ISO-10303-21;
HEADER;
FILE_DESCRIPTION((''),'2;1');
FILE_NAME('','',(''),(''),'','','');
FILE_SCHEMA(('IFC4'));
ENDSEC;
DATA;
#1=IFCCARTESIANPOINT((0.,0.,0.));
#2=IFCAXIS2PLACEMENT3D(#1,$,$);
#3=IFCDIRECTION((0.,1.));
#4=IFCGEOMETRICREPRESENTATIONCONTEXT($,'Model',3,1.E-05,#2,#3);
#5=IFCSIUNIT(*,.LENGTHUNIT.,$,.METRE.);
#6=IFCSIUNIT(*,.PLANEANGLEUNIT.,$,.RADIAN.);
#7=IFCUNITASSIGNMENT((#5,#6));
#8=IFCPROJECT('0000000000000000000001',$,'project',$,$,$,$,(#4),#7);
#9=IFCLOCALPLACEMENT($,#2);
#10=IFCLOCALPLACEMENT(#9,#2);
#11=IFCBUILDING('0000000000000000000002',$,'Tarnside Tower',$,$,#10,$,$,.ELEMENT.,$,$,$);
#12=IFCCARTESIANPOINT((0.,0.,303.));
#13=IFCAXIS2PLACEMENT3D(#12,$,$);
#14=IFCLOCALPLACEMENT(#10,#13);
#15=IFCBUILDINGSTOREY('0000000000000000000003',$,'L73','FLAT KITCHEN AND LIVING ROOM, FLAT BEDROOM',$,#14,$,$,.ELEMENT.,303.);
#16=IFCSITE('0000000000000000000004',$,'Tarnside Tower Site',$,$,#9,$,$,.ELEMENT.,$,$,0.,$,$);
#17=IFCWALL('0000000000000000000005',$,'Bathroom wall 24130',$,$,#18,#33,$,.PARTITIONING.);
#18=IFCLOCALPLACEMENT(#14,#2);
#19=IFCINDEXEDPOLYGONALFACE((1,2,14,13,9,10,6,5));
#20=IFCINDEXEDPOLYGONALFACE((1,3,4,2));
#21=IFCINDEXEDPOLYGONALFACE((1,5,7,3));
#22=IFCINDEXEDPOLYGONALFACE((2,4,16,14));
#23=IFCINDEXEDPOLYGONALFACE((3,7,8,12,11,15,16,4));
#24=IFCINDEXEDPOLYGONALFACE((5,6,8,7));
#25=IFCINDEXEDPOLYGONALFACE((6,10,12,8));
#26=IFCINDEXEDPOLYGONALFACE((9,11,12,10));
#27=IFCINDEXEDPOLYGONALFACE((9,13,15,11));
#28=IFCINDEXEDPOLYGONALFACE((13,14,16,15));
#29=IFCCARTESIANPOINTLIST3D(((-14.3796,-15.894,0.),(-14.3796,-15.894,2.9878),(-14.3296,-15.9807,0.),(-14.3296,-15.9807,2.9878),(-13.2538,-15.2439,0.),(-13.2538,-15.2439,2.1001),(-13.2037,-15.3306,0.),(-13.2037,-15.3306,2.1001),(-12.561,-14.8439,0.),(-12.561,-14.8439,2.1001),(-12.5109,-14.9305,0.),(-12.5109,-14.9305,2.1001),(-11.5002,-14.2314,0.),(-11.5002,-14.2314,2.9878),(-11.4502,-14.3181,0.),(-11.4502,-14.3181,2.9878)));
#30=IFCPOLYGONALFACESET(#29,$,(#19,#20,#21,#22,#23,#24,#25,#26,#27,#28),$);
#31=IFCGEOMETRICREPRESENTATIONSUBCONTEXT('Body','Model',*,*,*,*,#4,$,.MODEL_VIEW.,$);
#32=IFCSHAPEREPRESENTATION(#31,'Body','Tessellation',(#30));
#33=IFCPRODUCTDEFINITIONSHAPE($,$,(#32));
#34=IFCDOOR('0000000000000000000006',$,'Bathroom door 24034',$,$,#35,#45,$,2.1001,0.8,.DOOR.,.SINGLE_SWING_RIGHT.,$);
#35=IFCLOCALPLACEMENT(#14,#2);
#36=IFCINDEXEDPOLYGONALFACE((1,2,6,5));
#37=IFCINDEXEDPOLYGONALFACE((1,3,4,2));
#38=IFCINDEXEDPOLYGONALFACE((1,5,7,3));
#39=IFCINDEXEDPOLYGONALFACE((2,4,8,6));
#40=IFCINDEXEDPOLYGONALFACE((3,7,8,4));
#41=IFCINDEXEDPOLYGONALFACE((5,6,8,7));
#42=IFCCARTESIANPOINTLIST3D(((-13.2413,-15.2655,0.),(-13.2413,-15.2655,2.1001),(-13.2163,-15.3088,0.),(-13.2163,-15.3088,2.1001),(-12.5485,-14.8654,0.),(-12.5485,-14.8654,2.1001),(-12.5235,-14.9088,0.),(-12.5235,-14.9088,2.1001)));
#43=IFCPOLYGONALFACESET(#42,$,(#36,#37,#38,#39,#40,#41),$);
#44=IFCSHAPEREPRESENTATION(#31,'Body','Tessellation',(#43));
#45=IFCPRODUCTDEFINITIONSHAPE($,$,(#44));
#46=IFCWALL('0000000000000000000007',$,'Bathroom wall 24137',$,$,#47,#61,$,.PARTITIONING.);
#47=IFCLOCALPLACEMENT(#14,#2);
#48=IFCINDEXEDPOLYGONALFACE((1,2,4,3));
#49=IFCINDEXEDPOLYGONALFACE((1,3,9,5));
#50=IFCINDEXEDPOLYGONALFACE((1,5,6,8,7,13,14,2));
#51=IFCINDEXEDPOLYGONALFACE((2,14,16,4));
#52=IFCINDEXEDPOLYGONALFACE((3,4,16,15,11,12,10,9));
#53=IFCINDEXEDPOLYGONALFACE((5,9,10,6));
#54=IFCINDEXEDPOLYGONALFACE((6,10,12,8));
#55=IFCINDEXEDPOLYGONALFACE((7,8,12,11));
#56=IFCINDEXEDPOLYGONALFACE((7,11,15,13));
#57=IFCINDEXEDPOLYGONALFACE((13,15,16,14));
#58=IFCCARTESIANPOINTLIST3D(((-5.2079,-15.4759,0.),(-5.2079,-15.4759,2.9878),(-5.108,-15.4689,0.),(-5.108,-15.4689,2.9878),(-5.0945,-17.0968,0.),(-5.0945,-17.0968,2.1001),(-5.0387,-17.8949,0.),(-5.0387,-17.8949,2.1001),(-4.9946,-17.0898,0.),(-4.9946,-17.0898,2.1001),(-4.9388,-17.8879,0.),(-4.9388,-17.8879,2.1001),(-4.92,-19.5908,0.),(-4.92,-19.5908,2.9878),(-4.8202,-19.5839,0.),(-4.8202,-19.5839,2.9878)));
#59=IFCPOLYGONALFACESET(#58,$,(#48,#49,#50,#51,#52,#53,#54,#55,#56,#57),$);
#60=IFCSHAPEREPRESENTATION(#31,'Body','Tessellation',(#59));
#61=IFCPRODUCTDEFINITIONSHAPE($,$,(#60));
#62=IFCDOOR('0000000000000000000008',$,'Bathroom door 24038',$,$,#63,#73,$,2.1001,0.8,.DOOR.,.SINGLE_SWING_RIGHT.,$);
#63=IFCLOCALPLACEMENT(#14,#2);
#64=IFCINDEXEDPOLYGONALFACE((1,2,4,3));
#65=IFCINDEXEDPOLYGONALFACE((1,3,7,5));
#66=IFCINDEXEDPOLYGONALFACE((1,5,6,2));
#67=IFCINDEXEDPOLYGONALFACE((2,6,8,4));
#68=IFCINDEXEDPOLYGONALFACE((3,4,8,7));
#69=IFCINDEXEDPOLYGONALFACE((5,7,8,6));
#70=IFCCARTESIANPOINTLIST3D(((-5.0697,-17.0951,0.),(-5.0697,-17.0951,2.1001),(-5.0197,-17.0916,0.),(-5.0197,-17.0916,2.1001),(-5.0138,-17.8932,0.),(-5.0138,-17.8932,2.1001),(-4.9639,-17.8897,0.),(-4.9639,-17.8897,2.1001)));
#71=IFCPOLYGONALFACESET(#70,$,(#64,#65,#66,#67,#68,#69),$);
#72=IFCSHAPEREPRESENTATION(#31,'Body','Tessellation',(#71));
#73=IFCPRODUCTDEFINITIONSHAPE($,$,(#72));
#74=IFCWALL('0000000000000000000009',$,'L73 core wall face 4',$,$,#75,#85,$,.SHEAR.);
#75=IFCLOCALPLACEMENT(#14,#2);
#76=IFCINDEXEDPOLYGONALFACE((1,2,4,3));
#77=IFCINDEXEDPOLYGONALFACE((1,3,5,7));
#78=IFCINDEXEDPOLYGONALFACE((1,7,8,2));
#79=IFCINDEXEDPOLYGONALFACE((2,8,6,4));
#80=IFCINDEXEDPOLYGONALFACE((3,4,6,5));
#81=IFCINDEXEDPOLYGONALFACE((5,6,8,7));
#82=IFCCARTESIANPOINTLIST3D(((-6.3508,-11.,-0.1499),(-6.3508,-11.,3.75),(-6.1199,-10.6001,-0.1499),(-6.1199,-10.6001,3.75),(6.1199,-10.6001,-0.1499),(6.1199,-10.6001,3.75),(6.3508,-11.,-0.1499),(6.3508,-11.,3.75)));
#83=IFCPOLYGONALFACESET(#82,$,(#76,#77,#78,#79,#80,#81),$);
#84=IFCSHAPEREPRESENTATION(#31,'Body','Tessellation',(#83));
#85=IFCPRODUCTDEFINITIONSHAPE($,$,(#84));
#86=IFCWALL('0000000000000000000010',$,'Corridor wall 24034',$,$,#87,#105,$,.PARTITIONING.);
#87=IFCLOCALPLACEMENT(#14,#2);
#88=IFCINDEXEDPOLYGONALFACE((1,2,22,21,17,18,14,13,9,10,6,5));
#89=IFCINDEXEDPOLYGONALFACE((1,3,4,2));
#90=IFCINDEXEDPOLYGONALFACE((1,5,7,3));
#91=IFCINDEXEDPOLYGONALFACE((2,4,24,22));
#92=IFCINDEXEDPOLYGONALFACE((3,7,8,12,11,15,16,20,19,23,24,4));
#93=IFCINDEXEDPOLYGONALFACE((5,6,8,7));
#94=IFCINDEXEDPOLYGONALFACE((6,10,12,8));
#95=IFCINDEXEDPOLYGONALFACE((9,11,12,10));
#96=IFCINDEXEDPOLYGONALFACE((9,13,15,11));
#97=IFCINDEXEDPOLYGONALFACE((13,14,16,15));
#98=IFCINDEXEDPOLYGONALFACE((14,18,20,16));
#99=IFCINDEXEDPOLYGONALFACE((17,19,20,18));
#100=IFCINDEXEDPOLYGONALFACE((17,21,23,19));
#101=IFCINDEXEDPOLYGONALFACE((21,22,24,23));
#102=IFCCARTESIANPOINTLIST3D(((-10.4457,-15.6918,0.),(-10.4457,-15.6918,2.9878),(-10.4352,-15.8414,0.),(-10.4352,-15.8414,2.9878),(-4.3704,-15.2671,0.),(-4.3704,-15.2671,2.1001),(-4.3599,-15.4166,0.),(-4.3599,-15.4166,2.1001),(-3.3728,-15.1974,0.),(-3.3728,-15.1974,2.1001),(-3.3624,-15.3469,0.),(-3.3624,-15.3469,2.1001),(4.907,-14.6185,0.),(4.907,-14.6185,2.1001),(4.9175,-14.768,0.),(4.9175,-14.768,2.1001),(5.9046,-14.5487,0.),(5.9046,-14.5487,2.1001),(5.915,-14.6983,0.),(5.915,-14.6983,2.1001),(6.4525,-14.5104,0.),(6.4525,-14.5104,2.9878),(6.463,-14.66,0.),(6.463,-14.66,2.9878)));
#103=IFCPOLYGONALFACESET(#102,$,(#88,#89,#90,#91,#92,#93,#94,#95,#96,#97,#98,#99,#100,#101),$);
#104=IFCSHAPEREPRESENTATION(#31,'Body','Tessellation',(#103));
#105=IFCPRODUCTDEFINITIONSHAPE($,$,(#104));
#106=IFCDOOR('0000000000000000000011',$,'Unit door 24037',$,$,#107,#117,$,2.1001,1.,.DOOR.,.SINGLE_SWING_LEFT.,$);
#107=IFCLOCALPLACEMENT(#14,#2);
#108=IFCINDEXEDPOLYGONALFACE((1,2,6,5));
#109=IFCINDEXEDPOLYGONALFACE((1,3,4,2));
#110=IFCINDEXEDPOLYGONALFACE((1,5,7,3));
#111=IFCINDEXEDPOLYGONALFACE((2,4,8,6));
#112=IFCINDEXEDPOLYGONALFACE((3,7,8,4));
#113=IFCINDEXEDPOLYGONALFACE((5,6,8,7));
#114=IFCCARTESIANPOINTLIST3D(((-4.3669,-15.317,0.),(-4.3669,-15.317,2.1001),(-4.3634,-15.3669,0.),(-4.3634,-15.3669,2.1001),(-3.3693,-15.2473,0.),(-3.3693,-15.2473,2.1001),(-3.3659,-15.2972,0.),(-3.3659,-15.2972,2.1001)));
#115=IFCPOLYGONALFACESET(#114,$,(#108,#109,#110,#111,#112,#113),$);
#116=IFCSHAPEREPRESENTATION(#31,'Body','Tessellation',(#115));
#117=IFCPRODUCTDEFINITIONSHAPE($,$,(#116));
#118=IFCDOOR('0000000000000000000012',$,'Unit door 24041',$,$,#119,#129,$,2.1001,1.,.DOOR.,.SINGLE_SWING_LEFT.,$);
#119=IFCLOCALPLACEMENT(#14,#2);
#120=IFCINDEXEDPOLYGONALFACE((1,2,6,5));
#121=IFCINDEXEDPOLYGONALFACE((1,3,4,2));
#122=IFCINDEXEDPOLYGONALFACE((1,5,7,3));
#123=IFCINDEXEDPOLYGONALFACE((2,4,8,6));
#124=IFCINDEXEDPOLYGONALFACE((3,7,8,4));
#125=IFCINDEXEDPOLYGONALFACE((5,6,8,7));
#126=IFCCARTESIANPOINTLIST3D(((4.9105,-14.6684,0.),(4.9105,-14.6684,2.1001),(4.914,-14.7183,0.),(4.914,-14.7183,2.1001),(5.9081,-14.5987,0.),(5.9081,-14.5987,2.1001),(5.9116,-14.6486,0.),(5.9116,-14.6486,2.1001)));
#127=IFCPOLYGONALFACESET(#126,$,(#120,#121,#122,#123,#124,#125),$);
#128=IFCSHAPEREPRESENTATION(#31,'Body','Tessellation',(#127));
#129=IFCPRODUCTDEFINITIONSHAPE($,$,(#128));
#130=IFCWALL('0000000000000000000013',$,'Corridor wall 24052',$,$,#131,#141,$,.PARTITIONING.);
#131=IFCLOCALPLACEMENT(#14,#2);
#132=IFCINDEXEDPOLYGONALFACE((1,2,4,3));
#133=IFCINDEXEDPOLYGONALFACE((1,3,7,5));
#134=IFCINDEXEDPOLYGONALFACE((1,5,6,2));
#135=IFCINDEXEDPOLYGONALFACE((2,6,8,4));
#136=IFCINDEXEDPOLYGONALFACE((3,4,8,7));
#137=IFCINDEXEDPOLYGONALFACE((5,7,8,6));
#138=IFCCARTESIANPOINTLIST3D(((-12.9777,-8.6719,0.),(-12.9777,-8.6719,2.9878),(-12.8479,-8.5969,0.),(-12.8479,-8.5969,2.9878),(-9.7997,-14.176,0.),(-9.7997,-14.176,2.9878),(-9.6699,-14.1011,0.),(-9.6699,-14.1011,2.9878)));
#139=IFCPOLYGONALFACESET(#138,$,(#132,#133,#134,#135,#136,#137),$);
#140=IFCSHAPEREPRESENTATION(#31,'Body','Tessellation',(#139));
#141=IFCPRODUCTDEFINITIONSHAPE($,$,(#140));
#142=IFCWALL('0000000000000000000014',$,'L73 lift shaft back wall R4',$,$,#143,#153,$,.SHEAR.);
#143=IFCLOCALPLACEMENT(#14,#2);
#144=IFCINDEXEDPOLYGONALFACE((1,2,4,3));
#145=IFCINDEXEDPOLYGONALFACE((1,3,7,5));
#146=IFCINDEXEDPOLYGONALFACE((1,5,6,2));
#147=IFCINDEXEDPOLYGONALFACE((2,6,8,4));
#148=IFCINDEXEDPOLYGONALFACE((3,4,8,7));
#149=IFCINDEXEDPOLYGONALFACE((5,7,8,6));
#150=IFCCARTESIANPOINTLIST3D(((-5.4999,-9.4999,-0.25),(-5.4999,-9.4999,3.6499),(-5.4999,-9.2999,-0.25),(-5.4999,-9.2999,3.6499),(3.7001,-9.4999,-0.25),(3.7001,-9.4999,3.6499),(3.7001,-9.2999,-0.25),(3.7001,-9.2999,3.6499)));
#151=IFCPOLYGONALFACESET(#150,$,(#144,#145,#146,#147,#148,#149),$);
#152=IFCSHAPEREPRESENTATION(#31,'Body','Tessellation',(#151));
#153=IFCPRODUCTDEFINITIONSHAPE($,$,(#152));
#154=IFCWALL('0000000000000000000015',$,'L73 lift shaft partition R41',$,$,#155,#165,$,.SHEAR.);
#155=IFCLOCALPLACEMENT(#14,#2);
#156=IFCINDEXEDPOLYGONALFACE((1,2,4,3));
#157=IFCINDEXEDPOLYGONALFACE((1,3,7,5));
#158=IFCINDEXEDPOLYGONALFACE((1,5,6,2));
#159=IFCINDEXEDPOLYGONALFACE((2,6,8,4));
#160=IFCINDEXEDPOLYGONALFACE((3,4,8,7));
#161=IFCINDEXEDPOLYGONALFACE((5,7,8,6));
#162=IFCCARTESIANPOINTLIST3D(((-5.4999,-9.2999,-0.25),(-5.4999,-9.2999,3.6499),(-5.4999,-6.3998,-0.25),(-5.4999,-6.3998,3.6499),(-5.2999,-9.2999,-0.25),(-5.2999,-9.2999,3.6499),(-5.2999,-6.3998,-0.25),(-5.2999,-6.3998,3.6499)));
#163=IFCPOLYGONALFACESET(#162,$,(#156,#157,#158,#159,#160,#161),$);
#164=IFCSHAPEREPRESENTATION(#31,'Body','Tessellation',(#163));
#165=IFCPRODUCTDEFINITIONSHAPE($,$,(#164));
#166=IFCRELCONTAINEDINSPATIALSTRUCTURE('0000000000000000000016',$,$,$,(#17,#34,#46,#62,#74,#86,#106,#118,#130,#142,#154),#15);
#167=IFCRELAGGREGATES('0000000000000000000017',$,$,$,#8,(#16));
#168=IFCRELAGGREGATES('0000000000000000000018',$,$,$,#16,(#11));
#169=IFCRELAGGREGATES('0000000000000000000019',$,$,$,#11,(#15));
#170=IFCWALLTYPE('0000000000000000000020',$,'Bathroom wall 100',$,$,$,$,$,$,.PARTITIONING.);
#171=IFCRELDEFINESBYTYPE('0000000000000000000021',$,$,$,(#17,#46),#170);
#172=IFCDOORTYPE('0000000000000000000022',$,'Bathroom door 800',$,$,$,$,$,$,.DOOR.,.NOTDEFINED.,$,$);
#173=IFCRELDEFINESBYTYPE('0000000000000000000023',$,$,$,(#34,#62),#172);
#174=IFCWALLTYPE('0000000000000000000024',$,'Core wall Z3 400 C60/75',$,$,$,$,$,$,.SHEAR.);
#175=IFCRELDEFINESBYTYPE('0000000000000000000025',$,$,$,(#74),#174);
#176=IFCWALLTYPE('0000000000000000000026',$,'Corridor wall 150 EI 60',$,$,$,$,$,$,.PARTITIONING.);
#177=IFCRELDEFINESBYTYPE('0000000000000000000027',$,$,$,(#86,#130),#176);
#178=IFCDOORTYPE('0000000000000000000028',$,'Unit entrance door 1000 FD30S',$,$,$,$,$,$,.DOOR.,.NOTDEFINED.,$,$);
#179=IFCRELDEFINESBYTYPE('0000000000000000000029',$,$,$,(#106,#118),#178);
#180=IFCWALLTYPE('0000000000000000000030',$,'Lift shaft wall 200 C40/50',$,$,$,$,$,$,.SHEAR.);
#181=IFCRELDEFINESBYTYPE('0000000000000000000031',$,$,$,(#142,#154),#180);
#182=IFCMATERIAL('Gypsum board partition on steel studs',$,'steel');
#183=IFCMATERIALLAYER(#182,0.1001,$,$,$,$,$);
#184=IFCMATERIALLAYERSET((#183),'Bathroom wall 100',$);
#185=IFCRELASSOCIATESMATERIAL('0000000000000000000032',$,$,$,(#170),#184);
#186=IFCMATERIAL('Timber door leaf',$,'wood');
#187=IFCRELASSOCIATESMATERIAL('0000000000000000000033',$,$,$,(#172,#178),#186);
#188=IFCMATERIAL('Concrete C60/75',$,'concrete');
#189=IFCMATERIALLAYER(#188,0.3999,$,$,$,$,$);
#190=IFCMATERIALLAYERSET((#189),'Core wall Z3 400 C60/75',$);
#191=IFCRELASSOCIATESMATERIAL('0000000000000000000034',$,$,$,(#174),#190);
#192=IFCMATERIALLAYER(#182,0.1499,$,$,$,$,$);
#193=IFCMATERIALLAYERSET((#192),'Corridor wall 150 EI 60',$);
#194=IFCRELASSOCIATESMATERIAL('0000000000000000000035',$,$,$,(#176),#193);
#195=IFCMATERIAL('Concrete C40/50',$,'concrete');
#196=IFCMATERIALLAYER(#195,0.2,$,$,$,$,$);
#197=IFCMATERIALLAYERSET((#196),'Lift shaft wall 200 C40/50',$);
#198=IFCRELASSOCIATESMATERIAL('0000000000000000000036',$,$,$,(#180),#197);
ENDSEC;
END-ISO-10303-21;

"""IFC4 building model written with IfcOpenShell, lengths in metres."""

from ifc_helpers import new_model, si_unit, direction, frame, frame_2d, origin, place, context, subcontext, project, spatial, polyline, rectangle, outline, extrude, material, layer, layer_set, type_object, element, fill, save


model = new_model("IFC4")

# Units and contexts
model_context = context("Model", 3, precision=1e-05, world=origin(), true_north=direction((0.0, 1.0)))
body_context = subcontext(model_context, "Body", "Model", "MODEL_VIEW")
ifc_project = project(units=[si_unit("LENGTHUNIT", "METRE"), si_unit("PLANEANGLEUNIT", "RADIAN")], contexts=[model_context])

# Site, building, storey
site_placement = place(None, origin())
site = spatial("IfcSite", under=ifc_project, at=site_placement, Name="Tarnside Tower Site", CompositionType="ELEMENT", RefElevation=0.0)
building_placement = place(site_placement, origin())
building = spatial("IfcBuilding", under=site, at=building_placement, Name="Tarnside Tower", CompositionType="ELEMENT")
storey_placement = place(building_placement, frame((0.0, 0.0, 303.0)))
storey = spatial("IfcBuildingStorey", under=building, at=storey_placement, Name="L73", Description="FLAT KITCHEN AND LIVING ROOM, FLAT BEDROOM", CompositionType="ELEMENT", Elevation=303.0)

# Walls, openings, doors
ifc_material_1 = material(Name="Gypsum board partition on steel studs", Category="steel")
ifc_layer_1 = layer(ifc_material_1, 0.1001)
ifc_layer_set_1 = layer_set([ifc_layer_1], Name="Bathroom wall 100")
wall_type_1 = type_object("IfcWallType", Name="Bathroom wall 100", PredefinedType="PARTITIONING", material=ifc_layer_set_1)
wall_1_placement = place(storey_placement, frame((-11.4751, -14.2747, 0.0), z_axis=(0.0, 0.0, 1.0), x_axis=(-0.866002, -0.50004, 0.0)))
wall_1 = element("IfcWall", 1, at=wall_1_placement, inside=storey, type_object=wall_type_1, Name="Bathroom wall 24130", PredefinedType="PARTITIONING", context=body_context, shape_type="SweptSolid", body=[
    extrude(rectangle(XDim=3.325, YDim=0.1001, at=frame_2d((1.6626, 0.0))), origin(), (0.0, 0.0, 1.0), 2.9878),
])
opening_1_placement = place(wall_1_placement, frame((1.2251, 0.0, 0.0)))
opening_1 = element("IfcOpeningElement", 2, at=opening_1_placement, cuts=wall_1, PredefinedType="OPENING", context=body_context, shape_type="SweptSolid", body=[
    extrude(rectangle(XDim=0.8, YDim=2.1001, at=frame_2d((0.3999, 1.05))), frame((0.0, 0.0601, 0.0), z_axis=(0.0, -1.0, 0.0), x_axis=(1.0, 0.0, 0.0)), (0.0, 0.0, 1.0), 0.1201),
])
ifc_material_2 = material(Name="Timber door leaf", Category="wood")
door_type_1 = type_object("IfcDoorType", Name="Bathroom door 800", OperationType="NOTDEFINED", PredefinedType="DOOR", material=ifc_material_2)
door_1_placement = place(opening_1_placement, origin())
door_1 = element("IfcDoor", 3, at=door_1_placement, inside=storey, type_object=door_type_1, Name="Bathroom door 24034", OperationType="SINGLE_SWING_RIGHT", OverallHeight=2.1001, OverallWidth=0.8, PredefinedType="DOOR", context=body_context, shape_type="SweptSolid", body=[
    extrude(rectangle(XDim=0.8, YDim=2.1001, at=frame_2d((0.3999, 1.05))), frame((0.0, 0.0249, 0.0), z_axis=(0.0, -1.0, 0.0), x_axis=(1.0, 0.0, 0.0)), (0.0, 0.0, 1.0), 0.05),
])
fill(opening_1, door_1)
wall_2_placement = place(storey_placement, frame((-5.158, -15.4724, 0.0), z_axis=(0.0, 0.0, 1.0), x_axis=(0.069779, -0.997562, 0.0)))
wall_2 = element("IfcWall", 4, at=wall_2_placement, inside=storey, type_object=wall_type_1, Name="Bathroom wall 24137", PredefinedType="PARTITIONING", context=body_context, shape_type="SweptSolid", body=[
    extrude(rectangle(XDim=4.125, YDim=0.1001, at=frame_2d((2.0625, 0.0))), origin(), (0.0, 0.0, 1.0), 2.9878),
])
opening_2_placement = place(wall_2_placement, frame((1.625, 0.0, 0.0)))
opening_2 = element("IfcOpeningElement", 5, at=opening_2_placement, cuts=wall_2, PredefinedType="OPENING", context=body_context, shape_type="SweptSolid", body=[
    extrude(rectangle(XDim=0.8, YDim=2.1001, at=frame_2d((0.3999, 1.05))), frame((0.0, 0.0601, 0.0), z_axis=(0.0, -1.0, 0.0), x_axis=(1.0, 0.0, 0.0)), (0.0, 0.0, 1.0), 0.1201),
])
door_2_placement = place(opening_2_placement, origin())
door_2 = element("IfcDoor", 6, at=door_2_placement, inside=storey, type_object=door_type_1, Name="Bathroom door 24038", OperationType="SINGLE_SWING_RIGHT", OverallHeight=2.1001, OverallWidth=0.8, PredefinedType="DOOR", context=body_context, shape_type="SweptSolid", body=[
    extrude(rectangle(XDim=0.8, YDim=2.1001, at=frame_2d((0.3999, 1.05))), frame((0.0, 0.0249, 0.0), z_axis=(0.0, -1.0, 0.0), x_axis=(1.0, 0.0, 0.0)), (0.0, 0.0, 1.0), 0.05),
])
fill(opening_2, door_2)

# Wall
ifc_material_3 = material(Name="Concrete C60/75", Category="concrete")
ifc_layer_2 = layer(ifc_material_3, 0.3999)
ifc_layer_set_2 = layer_set([ifc_layer_2], Name="Core wall Z3 400 C60/75")
wall_type_2 = type_object("IfcWallType", Name="Core wall Z3 400 C60/75", PredefinedType="SHEAR", material=ifc_layer_set_2)
wall_3_placement = place(storey_placement, frame((-6.2354, -10.8, -0.1499), z_axis=(0.0, 0.0, 1.0), x_axis=(1.0, 0.0, 0.0)))
element("IfcWall", 7, at=wall_3_placement, inside=storey, type_object=wall_type_2, Name="L73 core wall face 4", PredefinedType="SHEAR", context=body_context, shape_type="SweptSolid", body=[
    extrude(outline(polyline([(-0.1155, -0.2), (12.5862, -0.2), (12.3552, 0.2), (0.1155, 0.2), (-0.1155, -0.2)])), origin(), (0.0, 0.0, 1.0), 3.8999),
])

# Wall, openings, doors
ifc_layer_3 = layer(ifc_material_1, 0.1499)
ifc_layer_set_3 = layer_set([ifc_layer_3], Name="Corridor wall 150 EI 60")
wall_type_3 = type_object("IfcWallType", Name="Corridor wall 150 EI 60", PredefinedType="PARTITIONING", material=ifc_layer_set_3)
wall_4_placement = place(storey_placement, frame((-10.4404, -15.7666, 0.0), z_axis=(0.0, 0.0, 1.0), x_axis=(0.997565, 0.069742, 0.0)))
wall_4 = element("IfcWall", 8, at=wall_4_placement, inside=storey, type_object=wall_type_3, Name="Corridor wall 24034", PredefinedType="PARTITIONING", context=body_context, shape_type="SweptSolid", body=[
    extrude(rectangle(XDim=16.9395, YDim=0.1499, at=frame_2d((8.4697, 0.0))), origin(), (0.0, 0.0, 1.0), 2.9878),
])
opening_3_placement = place(wall_4_placement, frame((6.0901, 0.0, 0.0)))
opening_3 = element("IfcOpeningElement", 9, at=opening_3_placement, cuts=wall_4, PredefinedType="OPENING", context=body_context, shape_type="SweptSolid", body=[
    extrude(rectangle(XDim=1.0, YDim=2.1001, at=frame_2d((0.5, 1.05))), frame((0.0, 0.085, 0.0), z_axis=(0.0, -1.0, 0.0), x_axis=(1.0, 0.0, 0.0)), (0.0, 0.0, 1.0), 0.1699),
])
opening_4_placement = place(wall_4_placement, frame((15.3901, 0.0, 0.0)))
opening_4 = element("IfcOpeningElement", 10, at=opening_4_placement, cuts=wall_4, PredefinedType="OPENING", context=body_context, shape_type="SweptSolid", body=[
    extrude(rectangle(XDim=1.0, YDim=2.1001, at=frame_2d((0.5, 1.05))), frame((0.0, 0.085, 0.0), z_axis=(0.0, -1.0, 0.0), x_axis=(1.0, 0.0, 0.0)), (0.0, 0.0, 1.0), 0.1699),
])
door_type_2 = type_object("IfcDoorType", Name="Unit entrance door 1000 FD30S", OperationType="NOTDEFINED", PredefinedType="DOOR", material=ifc_material_2)
door_3_placement = place(opening_3_placement, origin())
door_3 = element("IfcDoor", 11, at=door_3_placement, inside=storey, type_object=door_type_2, Name="Unit door 24037", OperationType="SINGLE_SWING_LEFT", OverallHeight=2.1001, OverallWidth=1.0, PredefinedType="DOOR", context=body_context, shape_type="SweptSolid", body=[
    extrude(rectangle(XDim=1.0, YDim=2.1001, at=frame_2d((0.5, 1.05))), frame((0.0, 0.0249, 0.0), z_axis=(0.0, -1.0, 0.0), x_axis=(1.0, 0.0, 0.0)), (0.0, 0.0, 1.0), 0.05),
])
fill(opening_3, door_3)
door_4_placement = place(opening_4_placement, origin())
door_4 = element("IfcDoor", 12, at=door_4_placement, inside=storey, type_object=door_type_2, Name="Unit door 24041", OperationType="SINGLE_SWING_LEFT", OverallHeight=2.1001, OverallWidth=1.0, PredefinedType="DOOR", context=body_context, shape_type="SweptSolid", body=[
    extrude(rectangle(XDim=1.0, YDim=2.1001, at=frame_2d((0.5, 1.05))), frame((0.0, 0.0249, 0.0), z_axis=(0.0, -1.0, 0.0), x_axis=(1.0, 0.0, 0.0)), (0.0, 0.0, 1.0), 0.05),
])
fill(opening_4, door_4)

# Walls
wall_5_placement = place(storey_placement, frame((-9.7349, -14.1384, 0.0), z_axis=(0.0, 0.0, 1.0), x_axis=(-0.500018, 0.866015, 0.0)))
element("IfcWall", 13, at=wall_5_placement, inside=storey, type_object=wall_type_3, Name="Corridor wall 24052", PredefinedType="PARTITIONING", context=body_context, shape_type="SweptSolid", body=[
    extrude(rectangle(XDim=6.3557, YDim=0.1499, at=frame_2d((3.1777, 0.0))), origin(), (0.0, 0.0, 1.0), 2.9878),
])
ifc_material_4 = material(Name="Concrete C40/50", Category="concrete")
ifc_layer_4 = layer(ifc_material_4, 0.2)
ifc_layer_set_4 = layer_set([ifc_layer_4], Name="Lift shaft wall 200 C40/50")
wall_type_4 = type_object("IfcWallType", Name="Lift shaft wall 200 C40/50", PredefinedType="SHEAR", material=ifc_layer_set_4)
wall_6_placement = place(storey_placement, frame((-5.5, -9.3999, -0.25), z_axis=(0.0, 0.0, 1.0), x_axis=(1.0, 0.0, 0.0)))
element("IfcWall", 14, at=wall_6_placement, inside=storey, type_object=wall_type_4, Name="L73 lift shaft back wall R4", PredefinedType="SHEAR", context=body_context, shape_type="SweptSolid", body=[
    extrude(rectangle(XDim=9.2, YDim=0.2, at=frame_2d((4.6001, 0.0))), origin(), (0.0, 0.0, 1.0), 3.8999),
])
for number, where, z_axis, x_axis, name in (
    (15, (-5.3999, -9.3, -0.25), (0.0, 0.0, 1.0), (0.0, 1.0, 0.0), "L73 lift shaft partition R41"),
):
    element("IfcWall", number, at=place(storey_placement, frame(where, z_axis=z_axis, x_axis=x_axis)), inside=storey, type_object=wall_type_4, Name=name, PredefinedType="SHEAR", context=body_context, shape_type="SweptSolid", body=[
        extrude(rectangle(XDim=2.9001, YDim=0.2, at=frame_2d((1.4502, 0.0))), origin(), (0.0, 0.0, 1.0), 3.8999),
    ])

save(model, "model.ifc")
